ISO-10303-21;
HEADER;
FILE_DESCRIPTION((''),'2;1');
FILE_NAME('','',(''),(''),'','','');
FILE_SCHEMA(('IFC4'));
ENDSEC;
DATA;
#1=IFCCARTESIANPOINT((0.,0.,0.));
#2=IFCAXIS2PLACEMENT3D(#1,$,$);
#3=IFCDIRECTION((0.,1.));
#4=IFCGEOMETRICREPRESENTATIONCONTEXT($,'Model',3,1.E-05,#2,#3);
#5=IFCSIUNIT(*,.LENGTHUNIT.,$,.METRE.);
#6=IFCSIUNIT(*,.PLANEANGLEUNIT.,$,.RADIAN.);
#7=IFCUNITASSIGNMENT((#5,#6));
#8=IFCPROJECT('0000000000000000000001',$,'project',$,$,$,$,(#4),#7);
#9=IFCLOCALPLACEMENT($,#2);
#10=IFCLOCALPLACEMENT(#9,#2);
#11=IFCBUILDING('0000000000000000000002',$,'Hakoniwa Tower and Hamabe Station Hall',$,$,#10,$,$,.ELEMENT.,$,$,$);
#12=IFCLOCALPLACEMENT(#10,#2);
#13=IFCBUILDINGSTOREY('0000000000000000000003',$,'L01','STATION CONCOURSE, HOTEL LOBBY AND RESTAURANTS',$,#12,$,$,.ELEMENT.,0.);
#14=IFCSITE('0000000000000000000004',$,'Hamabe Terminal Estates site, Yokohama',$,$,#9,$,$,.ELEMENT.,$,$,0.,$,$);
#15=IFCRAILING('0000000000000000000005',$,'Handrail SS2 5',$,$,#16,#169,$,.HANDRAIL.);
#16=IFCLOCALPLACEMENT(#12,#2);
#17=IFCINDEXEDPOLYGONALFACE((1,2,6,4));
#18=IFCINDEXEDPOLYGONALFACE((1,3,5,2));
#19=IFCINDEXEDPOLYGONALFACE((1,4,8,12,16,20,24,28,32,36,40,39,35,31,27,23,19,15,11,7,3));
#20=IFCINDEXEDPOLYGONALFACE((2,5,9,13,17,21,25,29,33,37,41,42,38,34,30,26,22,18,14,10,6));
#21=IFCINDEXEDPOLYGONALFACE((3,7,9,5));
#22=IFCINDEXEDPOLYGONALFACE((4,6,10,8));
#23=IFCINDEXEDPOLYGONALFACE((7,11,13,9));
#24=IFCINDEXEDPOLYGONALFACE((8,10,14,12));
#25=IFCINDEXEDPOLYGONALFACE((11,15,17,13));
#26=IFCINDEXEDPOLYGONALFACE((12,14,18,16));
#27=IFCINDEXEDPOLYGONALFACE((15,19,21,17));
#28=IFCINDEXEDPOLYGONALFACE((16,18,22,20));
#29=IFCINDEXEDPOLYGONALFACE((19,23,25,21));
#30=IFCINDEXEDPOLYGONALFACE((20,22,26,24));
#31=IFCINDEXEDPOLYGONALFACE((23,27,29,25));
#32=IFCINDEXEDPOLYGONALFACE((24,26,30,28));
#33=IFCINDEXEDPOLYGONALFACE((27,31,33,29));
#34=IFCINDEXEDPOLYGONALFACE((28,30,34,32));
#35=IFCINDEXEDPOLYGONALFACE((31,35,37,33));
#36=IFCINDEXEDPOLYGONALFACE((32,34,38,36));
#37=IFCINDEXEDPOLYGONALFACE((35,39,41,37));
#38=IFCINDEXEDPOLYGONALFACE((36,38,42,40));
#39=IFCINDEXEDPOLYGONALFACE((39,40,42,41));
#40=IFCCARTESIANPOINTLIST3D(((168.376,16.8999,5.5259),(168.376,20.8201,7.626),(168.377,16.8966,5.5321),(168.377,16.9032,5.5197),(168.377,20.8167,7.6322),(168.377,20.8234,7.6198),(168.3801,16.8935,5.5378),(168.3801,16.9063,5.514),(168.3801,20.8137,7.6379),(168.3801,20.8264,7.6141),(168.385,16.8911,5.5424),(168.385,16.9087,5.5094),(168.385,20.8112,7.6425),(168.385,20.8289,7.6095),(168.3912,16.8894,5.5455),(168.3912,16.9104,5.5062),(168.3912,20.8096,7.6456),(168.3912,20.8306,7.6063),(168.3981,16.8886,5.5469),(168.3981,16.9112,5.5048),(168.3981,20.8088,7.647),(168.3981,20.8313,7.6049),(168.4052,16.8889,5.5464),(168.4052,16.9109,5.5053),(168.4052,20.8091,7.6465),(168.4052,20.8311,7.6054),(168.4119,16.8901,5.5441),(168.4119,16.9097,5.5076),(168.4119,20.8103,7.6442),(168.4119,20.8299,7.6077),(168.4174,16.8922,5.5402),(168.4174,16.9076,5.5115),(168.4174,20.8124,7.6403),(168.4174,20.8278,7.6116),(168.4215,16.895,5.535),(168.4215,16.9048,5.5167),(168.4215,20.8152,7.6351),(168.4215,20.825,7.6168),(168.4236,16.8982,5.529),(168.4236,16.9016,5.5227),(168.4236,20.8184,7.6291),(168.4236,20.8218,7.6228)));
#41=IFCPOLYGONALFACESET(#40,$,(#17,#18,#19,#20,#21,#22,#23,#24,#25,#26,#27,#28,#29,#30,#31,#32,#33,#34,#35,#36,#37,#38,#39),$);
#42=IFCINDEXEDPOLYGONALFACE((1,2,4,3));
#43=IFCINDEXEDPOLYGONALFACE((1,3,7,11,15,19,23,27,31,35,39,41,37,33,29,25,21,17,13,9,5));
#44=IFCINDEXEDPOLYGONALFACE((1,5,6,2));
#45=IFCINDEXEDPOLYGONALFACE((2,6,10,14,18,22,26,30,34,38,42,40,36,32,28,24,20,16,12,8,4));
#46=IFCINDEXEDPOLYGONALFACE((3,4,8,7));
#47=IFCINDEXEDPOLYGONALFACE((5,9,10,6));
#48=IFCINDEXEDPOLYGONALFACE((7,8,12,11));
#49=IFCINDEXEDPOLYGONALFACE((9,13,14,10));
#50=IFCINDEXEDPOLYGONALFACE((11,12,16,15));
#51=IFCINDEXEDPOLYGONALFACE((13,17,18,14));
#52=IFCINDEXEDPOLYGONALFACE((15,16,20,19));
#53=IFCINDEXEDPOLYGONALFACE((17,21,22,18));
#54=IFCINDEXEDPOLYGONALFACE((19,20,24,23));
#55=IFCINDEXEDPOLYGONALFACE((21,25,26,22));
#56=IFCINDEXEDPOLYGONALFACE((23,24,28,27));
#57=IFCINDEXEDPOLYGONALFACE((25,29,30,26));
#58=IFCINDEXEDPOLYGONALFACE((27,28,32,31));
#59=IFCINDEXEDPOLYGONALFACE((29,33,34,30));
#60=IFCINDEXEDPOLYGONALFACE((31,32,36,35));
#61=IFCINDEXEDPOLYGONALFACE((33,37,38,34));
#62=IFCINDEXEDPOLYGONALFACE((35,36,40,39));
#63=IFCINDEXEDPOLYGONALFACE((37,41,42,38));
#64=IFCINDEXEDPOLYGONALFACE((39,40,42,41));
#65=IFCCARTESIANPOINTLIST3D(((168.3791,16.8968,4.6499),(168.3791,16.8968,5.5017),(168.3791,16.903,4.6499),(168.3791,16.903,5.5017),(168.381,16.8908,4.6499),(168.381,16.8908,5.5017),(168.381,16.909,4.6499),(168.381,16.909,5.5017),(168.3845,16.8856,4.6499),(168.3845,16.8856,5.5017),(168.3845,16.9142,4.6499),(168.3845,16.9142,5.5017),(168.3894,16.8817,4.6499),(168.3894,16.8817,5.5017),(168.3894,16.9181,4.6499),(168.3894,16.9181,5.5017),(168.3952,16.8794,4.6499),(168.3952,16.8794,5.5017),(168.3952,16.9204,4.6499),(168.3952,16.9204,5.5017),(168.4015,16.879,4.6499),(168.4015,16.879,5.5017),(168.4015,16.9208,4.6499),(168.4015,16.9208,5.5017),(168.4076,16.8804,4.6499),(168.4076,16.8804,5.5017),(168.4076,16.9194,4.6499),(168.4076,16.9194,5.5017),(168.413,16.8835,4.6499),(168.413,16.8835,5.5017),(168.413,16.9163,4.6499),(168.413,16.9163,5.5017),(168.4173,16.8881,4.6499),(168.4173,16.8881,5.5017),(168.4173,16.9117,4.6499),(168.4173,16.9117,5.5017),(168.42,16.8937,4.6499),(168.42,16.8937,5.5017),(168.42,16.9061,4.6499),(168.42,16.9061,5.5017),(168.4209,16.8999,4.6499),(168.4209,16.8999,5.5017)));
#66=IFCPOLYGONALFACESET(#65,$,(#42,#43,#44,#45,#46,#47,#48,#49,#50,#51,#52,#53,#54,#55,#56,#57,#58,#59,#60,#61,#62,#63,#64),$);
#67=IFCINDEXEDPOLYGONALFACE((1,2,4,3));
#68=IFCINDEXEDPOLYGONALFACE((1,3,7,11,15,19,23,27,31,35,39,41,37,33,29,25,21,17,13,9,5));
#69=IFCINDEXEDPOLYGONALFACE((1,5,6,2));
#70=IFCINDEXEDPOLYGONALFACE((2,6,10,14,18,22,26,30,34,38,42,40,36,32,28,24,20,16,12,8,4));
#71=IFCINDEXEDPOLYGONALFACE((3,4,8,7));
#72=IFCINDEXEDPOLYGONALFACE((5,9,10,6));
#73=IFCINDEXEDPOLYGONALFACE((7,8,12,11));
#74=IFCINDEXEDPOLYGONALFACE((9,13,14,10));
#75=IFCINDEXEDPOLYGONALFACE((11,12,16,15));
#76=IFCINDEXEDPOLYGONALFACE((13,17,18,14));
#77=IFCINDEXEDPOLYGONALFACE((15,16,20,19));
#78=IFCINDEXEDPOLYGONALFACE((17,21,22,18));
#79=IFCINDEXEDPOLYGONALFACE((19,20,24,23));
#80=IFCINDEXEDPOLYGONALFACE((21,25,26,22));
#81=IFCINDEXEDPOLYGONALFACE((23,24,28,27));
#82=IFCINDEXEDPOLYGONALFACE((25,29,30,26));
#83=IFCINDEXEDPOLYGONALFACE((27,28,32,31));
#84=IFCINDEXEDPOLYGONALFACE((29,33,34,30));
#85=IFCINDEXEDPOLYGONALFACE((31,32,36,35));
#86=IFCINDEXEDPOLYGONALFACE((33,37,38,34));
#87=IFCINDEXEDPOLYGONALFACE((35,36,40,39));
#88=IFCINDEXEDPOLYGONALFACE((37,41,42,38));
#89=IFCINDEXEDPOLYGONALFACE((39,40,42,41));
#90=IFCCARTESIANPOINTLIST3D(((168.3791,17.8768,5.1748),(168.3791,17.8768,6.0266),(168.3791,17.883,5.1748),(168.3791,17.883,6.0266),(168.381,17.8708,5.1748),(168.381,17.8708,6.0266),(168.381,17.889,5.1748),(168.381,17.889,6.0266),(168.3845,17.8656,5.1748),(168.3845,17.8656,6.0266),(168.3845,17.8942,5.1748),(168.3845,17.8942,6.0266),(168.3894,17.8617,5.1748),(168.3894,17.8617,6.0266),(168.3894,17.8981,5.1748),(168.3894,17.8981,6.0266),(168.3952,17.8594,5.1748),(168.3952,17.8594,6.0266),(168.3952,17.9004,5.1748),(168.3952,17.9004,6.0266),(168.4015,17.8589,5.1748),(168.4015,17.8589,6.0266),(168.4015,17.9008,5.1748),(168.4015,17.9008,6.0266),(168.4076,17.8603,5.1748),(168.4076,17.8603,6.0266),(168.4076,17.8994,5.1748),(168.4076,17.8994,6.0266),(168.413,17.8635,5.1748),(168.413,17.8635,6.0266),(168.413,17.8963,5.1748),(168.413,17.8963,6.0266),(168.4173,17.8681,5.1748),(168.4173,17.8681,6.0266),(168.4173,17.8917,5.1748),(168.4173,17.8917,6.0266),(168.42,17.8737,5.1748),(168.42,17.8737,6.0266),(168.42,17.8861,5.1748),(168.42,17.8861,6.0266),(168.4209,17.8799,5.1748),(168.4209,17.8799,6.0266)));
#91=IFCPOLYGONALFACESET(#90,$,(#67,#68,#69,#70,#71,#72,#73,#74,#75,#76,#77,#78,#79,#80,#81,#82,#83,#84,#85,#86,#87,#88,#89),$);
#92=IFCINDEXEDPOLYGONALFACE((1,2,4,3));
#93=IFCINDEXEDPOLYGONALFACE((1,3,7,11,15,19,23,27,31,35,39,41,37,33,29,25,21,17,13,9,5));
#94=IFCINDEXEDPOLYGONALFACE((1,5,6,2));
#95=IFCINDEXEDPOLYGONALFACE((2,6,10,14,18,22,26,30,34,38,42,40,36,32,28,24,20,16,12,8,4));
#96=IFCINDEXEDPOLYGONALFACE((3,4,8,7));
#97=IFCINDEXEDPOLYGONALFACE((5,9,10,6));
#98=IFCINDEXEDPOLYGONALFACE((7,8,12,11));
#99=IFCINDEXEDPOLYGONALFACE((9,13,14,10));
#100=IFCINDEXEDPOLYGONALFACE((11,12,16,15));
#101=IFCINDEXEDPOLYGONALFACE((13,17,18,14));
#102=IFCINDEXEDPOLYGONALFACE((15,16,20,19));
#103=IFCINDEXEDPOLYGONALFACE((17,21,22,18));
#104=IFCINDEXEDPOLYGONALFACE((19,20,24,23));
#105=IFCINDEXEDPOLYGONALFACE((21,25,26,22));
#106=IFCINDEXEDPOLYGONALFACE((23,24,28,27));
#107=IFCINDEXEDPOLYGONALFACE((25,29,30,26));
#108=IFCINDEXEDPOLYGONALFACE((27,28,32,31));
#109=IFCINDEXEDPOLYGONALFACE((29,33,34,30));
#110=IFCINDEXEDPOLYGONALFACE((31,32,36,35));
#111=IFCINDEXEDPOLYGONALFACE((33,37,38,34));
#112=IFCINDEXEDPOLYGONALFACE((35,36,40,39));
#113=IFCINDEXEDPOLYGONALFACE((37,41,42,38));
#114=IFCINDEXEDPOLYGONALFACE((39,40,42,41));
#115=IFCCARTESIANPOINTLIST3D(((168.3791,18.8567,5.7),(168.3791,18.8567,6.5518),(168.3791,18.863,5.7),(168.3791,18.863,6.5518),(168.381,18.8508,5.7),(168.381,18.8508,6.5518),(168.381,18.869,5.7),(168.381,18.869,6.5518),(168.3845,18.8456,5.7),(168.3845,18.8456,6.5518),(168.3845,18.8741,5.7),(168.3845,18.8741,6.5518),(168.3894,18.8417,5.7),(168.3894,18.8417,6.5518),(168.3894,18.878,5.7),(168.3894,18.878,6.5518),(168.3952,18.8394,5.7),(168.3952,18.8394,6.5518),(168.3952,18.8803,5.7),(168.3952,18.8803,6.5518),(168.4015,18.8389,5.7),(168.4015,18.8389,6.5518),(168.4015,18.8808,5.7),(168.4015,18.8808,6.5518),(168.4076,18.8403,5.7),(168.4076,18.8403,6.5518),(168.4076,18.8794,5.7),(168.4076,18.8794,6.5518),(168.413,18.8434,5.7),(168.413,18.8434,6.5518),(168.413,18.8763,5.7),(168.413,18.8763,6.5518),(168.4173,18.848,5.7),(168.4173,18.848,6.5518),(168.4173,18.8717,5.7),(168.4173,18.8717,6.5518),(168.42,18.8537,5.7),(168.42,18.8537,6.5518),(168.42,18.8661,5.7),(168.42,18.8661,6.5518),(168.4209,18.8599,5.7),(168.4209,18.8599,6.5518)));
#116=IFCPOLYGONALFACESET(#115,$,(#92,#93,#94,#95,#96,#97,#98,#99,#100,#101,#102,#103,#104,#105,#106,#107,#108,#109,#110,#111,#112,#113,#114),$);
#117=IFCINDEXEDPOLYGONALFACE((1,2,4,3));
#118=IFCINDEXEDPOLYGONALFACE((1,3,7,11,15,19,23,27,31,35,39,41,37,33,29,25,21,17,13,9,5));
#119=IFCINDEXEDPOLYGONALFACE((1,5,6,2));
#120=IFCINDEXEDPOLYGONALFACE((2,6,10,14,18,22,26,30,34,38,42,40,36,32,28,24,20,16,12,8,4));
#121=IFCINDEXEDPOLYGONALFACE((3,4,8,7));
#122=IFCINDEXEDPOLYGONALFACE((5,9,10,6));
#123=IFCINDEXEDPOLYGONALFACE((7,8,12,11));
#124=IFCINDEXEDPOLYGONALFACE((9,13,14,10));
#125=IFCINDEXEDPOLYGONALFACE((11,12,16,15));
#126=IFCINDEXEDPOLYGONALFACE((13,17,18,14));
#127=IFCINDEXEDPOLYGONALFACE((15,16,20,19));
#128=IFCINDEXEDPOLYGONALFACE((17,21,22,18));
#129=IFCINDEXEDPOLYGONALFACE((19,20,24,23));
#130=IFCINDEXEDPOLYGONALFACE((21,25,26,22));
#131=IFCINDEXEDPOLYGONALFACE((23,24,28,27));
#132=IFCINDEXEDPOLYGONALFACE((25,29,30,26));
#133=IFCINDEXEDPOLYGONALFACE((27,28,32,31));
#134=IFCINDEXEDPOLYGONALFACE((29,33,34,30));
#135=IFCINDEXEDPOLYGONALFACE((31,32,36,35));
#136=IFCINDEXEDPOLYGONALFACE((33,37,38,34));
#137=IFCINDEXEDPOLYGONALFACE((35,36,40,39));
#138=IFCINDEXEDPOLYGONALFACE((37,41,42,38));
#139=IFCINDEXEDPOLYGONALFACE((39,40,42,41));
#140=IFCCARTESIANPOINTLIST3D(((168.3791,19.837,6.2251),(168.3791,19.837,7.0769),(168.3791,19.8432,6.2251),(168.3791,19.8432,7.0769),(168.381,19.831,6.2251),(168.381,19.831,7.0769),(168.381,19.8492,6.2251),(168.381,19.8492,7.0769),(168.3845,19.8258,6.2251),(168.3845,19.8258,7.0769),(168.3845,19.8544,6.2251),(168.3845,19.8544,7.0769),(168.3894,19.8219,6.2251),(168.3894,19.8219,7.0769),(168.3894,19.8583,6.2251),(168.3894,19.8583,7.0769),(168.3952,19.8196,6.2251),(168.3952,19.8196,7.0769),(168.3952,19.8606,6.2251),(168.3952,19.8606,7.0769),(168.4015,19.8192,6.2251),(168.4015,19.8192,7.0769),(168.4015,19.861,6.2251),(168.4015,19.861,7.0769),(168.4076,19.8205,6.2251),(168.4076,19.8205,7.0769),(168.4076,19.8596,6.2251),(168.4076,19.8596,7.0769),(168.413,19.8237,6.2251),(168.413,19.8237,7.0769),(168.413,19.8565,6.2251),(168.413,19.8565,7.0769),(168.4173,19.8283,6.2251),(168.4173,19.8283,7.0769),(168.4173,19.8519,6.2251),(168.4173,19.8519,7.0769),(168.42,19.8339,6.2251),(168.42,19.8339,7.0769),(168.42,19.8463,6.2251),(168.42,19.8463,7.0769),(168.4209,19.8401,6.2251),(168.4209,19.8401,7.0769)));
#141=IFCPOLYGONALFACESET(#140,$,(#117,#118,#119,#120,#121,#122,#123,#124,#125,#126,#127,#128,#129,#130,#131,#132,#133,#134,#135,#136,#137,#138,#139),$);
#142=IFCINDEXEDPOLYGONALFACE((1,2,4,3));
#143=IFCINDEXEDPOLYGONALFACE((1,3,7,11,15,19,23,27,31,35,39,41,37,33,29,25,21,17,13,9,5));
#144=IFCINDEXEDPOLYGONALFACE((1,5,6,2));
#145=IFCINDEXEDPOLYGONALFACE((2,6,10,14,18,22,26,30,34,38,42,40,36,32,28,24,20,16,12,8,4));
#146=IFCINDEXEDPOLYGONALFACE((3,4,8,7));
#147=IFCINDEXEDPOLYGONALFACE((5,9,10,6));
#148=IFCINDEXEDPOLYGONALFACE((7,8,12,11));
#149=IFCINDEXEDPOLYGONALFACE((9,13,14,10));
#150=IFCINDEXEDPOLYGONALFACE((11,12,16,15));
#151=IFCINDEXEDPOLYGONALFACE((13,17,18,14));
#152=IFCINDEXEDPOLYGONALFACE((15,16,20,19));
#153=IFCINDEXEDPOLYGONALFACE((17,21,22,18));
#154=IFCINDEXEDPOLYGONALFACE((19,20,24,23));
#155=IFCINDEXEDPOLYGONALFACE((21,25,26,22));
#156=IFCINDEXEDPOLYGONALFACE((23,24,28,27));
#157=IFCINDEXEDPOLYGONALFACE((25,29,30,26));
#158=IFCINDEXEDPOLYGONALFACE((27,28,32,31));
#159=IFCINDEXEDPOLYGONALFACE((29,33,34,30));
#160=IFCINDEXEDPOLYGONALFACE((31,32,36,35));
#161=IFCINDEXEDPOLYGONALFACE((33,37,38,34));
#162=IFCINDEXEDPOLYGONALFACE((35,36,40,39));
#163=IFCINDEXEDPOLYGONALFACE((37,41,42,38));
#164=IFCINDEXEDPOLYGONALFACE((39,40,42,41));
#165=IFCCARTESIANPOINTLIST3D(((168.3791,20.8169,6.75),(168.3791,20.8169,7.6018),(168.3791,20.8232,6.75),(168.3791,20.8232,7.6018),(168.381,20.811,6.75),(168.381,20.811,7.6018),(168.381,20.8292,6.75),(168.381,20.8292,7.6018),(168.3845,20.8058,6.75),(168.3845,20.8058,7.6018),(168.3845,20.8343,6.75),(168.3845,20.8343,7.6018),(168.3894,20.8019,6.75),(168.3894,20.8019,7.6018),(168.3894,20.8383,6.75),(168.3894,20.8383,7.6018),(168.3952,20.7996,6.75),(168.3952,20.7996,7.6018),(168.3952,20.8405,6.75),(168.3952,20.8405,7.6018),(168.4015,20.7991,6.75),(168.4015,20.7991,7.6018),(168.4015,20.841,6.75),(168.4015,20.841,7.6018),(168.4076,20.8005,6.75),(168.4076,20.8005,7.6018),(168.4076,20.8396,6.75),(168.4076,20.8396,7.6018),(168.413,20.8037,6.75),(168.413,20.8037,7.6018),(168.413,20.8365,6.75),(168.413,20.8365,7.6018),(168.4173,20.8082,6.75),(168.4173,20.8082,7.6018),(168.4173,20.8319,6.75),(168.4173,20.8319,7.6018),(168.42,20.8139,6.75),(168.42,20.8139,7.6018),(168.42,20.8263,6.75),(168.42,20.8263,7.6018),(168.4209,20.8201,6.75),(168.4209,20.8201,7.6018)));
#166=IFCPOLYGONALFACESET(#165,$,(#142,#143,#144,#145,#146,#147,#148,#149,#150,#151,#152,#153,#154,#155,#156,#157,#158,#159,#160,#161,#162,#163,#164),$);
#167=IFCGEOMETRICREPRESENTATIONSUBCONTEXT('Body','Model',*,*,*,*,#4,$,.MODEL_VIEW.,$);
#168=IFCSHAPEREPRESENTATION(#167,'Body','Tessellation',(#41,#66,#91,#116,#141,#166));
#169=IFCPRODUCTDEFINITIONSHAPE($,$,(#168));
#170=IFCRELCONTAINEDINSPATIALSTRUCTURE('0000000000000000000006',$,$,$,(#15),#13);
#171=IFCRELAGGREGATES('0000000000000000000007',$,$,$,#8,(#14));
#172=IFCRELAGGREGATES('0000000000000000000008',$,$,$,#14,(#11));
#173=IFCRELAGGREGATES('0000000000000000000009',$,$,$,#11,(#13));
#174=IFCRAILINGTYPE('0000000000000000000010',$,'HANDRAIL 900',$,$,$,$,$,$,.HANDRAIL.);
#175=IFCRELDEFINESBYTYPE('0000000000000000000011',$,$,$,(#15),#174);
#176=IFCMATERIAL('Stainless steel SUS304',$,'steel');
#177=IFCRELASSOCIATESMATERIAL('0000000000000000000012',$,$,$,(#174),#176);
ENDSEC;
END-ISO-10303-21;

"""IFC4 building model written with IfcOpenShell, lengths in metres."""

from ifc_helpers import new_model, si_unit, direction, frame, origin, origin_2d, place, context, subcontext, project, spatial, circle, extrude, material, type_object, element, save


model = new_model("IFC4")

# Units and contexts
model_context = context("Model", 3, precision=1e-05, world=origin(), true_north=direction((0.0, 1.0)))
body_context = subcontext(model_context, "Body", "Model", "MODEL_VIEW")
ifc_project = project(units=[si_unit("LENGTHUNIT", "METRE"), si_unit("PLANEANGLEUNIT", "RADIAN")], contexts=[model_context])

# Site, building, storey
site_placement = place(None, origin())
site = spatial("IfcSite", under=ifc_project, at=site_placement, Name="Hamabe Terminal Estates site, Yokohama", CompositionType="ELEMENT", RefElevation=0.0)
building_placement = place(site_placement, origin())
building = spatial("IfcBuilding", under=site, at=building_placement, Name="Hakoniwa Tower and Hamabe Station Hall", CompositionType="ELEMENT")
storey_placement = place(building_placement, origin())
storey = spatial("IfcBuildingStorey", under=building, at=storey_placement, Name="L01", Description="STATION CONCOURSE, HOTEL LOBBY AND RESTAURANTS", CompositionType="ELEMENT", Elevation=0.0)

# Railing
ifc_material_1 = material(Name="Stainless steel SUS304", Category="steel")
railing_type = type_object("IfcRailingType", Name="HANDRAIL 900", PredefinedType="HANDRAIL", material=ifc_material_1)
railing_1_placement = place(storey_placement, frame((168.3999, 16.8999, 4.6499)))
element("IfcRailing", 1, at=railing_1_placement, inside=storey, type_object=railing_type, Name="Handrail SS2 5", PredefinedType="HANDRAIL", context=body_context, shape_type="SweptSolid", body=[
    extrude(circle(Radius=0.0239, at=origin_2d()), frame((0.0, 0.0, 0.876), z_axis=(0.0, 0.881479, 0.472223), x_axis=(-1.0, 0.0, 0.0)), (0.0, 0.0, 1.0), 4.4473),
    extrude(circle(Radius=0.021, at=origin_2d()), origin(), (0.0, 0.0, 1.0), 0.8518),
    extrude(circle(Radius=0.021, at=origin_2d()), frame((0.0, 0.98, 0.5249)), (0.0, 0.0, 1.0), 0.8518),
    extrude(circle(Radius=0.021, at=origin_2d()), frame((0.0, 1.96, 1.05)), (0.0, 0.0, 1.0), 0.8518),
    extrude(circle(Radius=0.021, at=origin_2d()), frame((0.0, 2.9402, 1.5752)), (0.0, 0.0, 1.0), 0.8518),
    extrude(circle(Radius=0.021, at=origin_2d()), frame((0.0, 3.9202, 2.1001)), (0.0, 0.0, 1.0), 0.8518),
])

save(model, "model.ifc")
